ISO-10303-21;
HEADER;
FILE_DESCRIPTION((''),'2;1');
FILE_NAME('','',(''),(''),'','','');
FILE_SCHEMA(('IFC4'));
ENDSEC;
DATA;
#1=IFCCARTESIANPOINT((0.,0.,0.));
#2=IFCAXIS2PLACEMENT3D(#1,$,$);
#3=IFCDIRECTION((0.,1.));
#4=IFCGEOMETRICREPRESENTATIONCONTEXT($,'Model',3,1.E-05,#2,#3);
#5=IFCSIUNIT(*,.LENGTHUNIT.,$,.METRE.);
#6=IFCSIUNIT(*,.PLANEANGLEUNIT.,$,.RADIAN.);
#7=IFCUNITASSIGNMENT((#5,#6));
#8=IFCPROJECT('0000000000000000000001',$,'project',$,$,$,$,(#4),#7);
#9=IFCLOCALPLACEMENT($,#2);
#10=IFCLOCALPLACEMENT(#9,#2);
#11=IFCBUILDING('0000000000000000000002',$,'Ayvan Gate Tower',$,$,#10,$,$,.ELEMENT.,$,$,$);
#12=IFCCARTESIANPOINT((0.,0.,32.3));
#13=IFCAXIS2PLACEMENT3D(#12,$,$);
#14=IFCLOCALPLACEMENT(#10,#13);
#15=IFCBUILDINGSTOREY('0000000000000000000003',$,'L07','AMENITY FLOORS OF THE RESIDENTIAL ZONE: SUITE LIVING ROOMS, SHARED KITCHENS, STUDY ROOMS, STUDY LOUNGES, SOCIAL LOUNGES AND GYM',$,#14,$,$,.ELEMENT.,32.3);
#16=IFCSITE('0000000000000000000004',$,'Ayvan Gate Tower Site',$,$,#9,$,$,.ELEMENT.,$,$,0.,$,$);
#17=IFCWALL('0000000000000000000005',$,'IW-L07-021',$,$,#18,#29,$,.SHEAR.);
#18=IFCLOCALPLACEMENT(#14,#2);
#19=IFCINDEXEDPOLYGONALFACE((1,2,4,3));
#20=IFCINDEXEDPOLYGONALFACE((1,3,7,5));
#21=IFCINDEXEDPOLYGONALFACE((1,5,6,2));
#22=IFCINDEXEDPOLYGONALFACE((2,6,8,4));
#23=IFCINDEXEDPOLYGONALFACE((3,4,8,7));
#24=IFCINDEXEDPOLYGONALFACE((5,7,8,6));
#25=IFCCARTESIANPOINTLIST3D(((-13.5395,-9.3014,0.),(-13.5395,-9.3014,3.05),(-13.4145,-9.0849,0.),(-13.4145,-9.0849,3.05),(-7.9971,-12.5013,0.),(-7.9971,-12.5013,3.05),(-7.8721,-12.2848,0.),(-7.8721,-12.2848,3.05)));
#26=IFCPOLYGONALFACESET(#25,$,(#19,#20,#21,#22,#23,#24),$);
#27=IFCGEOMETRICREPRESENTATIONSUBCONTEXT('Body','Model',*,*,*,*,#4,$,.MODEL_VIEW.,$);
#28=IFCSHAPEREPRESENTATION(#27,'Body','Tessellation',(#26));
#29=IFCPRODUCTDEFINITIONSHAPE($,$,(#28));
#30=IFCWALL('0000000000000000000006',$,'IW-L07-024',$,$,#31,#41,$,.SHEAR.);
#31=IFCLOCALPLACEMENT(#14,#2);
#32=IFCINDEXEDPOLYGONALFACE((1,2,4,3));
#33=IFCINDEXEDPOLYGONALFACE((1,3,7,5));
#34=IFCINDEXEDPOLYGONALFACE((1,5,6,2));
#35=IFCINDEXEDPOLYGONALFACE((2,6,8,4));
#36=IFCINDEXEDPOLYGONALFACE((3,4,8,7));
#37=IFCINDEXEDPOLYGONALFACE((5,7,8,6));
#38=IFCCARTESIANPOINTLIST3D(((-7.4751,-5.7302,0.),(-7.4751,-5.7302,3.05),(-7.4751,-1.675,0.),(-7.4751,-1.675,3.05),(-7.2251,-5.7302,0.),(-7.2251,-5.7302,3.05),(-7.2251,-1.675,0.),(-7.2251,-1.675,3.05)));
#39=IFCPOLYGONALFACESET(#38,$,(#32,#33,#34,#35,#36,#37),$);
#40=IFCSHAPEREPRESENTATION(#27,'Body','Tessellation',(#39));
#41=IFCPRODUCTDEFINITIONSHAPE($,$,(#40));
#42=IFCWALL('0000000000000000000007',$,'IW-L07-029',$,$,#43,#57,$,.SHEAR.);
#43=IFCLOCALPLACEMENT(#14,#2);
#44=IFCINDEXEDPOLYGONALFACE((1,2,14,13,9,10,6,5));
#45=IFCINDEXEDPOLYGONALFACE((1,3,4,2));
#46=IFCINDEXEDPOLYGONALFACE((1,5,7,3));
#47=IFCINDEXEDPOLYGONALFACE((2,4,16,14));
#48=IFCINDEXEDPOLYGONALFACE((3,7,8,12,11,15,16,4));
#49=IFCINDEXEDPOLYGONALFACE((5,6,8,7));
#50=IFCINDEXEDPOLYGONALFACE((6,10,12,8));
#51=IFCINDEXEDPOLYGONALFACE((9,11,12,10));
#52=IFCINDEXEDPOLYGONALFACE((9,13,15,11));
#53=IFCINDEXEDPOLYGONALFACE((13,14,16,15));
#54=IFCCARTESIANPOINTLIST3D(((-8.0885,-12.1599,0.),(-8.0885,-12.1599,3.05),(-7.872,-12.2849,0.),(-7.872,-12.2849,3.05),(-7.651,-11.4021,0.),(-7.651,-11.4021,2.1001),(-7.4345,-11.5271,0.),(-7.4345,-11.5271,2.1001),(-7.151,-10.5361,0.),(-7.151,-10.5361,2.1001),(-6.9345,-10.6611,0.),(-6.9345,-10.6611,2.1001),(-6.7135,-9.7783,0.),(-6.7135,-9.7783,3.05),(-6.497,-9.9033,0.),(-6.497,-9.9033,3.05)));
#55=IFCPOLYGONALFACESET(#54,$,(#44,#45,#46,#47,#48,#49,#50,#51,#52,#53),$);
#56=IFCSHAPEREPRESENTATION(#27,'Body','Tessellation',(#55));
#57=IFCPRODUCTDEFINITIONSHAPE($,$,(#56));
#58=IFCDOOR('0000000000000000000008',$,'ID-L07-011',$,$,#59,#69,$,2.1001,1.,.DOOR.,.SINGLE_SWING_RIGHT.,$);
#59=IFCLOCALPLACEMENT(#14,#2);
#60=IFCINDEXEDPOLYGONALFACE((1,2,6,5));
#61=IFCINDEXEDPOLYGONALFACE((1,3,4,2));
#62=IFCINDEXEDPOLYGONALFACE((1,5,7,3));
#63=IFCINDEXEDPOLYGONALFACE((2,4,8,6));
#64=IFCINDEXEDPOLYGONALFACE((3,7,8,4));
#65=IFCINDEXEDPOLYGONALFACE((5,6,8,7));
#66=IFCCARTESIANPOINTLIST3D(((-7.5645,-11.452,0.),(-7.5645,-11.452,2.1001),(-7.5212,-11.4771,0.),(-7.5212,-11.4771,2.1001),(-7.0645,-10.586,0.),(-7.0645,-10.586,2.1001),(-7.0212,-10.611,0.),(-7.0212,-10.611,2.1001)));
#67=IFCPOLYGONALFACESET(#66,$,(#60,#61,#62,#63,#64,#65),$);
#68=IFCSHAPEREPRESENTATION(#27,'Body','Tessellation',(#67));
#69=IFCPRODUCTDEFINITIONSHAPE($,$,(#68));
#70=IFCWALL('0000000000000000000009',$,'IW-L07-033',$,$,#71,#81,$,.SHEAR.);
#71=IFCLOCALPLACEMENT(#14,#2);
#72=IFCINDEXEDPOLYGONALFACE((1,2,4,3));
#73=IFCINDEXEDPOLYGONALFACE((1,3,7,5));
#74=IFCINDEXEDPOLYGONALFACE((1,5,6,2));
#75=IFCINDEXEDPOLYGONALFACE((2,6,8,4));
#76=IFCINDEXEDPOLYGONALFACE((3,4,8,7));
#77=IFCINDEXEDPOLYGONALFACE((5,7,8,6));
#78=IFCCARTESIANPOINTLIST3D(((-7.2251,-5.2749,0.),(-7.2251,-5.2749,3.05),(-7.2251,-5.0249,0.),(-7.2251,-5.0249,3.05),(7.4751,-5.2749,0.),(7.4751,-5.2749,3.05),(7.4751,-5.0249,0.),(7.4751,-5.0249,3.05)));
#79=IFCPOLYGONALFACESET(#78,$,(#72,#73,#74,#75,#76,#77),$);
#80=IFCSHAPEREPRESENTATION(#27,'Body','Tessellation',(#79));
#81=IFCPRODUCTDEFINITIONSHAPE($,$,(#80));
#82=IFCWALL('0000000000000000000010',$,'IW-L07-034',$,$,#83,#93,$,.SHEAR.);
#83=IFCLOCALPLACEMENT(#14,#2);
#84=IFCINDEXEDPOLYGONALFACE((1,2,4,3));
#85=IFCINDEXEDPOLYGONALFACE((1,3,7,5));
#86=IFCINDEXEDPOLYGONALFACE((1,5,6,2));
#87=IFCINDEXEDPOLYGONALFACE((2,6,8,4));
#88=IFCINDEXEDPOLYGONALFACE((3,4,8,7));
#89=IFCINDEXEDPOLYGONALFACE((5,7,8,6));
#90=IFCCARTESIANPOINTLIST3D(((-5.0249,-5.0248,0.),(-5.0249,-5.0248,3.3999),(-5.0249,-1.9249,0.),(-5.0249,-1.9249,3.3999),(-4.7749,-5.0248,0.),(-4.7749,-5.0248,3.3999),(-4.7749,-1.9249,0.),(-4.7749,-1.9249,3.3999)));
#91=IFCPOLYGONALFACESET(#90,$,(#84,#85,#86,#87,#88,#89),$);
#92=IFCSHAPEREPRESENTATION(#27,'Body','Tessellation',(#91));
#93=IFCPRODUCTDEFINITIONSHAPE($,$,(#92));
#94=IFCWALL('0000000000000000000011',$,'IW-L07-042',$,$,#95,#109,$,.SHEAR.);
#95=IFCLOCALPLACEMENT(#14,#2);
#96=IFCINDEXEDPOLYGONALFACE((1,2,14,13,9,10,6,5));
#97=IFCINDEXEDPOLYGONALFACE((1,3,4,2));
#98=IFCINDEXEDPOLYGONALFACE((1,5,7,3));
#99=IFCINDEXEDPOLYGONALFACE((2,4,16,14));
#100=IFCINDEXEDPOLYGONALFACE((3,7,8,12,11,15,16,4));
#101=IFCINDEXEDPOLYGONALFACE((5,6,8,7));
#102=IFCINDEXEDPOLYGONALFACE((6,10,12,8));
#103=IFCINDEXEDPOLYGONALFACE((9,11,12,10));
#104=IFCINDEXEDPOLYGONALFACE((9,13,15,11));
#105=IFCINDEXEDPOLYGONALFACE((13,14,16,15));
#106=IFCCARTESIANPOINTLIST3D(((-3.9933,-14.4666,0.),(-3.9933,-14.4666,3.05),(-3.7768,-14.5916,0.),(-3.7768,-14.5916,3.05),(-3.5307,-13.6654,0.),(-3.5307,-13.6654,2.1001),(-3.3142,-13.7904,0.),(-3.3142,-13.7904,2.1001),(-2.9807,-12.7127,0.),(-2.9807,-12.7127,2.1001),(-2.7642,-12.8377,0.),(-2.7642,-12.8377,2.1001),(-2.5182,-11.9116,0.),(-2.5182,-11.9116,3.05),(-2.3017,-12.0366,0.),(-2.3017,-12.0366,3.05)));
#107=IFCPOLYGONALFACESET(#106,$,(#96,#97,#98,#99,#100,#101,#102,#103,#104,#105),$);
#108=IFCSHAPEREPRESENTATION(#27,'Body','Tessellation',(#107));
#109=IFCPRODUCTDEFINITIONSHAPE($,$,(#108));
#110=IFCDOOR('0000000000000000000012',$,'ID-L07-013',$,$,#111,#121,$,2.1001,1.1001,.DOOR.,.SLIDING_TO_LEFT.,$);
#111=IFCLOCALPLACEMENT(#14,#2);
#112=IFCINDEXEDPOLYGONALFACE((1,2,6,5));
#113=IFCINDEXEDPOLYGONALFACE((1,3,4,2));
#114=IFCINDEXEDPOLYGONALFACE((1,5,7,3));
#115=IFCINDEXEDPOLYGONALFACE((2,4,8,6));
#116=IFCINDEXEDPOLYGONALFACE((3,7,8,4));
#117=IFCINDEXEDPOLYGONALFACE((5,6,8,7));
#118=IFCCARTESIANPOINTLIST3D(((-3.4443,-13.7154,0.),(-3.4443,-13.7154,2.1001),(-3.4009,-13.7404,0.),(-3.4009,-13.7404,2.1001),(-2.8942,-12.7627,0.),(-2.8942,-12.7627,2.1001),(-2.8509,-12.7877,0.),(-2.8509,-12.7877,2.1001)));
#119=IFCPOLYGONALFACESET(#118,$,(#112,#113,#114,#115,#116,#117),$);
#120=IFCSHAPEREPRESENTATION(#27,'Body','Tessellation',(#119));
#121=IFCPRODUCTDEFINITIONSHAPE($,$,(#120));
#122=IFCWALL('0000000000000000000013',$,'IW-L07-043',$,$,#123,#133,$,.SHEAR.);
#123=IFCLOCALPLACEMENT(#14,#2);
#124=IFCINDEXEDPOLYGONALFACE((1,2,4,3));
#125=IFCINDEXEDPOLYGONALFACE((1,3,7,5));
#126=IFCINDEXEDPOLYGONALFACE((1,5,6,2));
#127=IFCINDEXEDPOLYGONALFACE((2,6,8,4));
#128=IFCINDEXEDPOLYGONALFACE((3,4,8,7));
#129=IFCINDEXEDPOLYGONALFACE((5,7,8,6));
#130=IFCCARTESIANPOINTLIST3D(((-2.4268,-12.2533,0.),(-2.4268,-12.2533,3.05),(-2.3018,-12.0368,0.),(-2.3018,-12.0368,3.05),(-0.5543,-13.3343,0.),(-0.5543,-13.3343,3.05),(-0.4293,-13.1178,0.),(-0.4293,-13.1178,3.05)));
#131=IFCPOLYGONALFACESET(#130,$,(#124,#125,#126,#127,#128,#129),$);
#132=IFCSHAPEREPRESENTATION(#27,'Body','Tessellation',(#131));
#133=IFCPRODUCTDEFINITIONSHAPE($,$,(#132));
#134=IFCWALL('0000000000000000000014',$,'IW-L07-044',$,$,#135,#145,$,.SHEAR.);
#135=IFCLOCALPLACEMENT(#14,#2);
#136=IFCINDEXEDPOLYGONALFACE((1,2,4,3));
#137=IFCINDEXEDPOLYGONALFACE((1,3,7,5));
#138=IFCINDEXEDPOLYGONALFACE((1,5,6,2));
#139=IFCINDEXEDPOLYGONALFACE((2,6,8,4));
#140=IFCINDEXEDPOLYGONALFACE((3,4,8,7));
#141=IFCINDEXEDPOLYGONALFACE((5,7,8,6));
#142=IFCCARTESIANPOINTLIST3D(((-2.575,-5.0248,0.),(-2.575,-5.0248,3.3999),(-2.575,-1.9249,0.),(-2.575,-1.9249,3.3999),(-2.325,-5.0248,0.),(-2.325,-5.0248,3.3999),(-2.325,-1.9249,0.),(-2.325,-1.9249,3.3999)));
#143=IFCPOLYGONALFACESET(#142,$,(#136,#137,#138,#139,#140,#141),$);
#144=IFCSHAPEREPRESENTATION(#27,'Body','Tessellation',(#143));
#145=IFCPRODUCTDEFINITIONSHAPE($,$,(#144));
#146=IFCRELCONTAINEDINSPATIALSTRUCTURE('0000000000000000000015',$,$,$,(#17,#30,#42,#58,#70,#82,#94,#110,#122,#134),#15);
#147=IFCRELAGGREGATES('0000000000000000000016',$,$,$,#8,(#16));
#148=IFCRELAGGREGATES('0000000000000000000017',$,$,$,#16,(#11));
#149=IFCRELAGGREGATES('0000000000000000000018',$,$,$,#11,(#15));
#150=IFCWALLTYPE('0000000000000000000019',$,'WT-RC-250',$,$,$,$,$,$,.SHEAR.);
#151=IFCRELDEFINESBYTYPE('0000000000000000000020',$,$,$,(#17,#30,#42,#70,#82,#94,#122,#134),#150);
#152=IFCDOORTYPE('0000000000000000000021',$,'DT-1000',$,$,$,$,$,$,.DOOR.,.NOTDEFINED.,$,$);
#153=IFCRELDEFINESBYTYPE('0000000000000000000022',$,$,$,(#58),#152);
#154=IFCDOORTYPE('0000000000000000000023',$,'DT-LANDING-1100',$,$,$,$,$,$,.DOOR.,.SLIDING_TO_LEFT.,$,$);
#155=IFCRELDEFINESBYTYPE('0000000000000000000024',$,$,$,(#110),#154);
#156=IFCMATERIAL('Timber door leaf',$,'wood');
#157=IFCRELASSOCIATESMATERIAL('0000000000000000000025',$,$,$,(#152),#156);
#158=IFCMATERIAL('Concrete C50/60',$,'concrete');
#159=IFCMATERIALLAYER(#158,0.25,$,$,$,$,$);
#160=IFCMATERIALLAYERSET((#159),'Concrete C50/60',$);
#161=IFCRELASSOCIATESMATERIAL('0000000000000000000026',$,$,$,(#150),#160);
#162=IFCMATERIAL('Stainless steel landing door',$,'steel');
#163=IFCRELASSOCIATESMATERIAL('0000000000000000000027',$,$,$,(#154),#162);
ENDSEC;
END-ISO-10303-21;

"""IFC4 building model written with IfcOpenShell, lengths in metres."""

from ifc_helpers import new_model, si_unit, direction, frame, frame_2d, origin, place, context, subcontext, project, spatial, rectangle, extrude, material, layer, layer_set, type_object, element, fill, save


model = new_model("IFC4")

# Units and contexts
model_context = context("Model", 3, precision=1e-05, world=origin(), true_north=direction((0.0, 1.0)))
body_context = subcontext(model_context, "Body", "Model", "MODEL_VIEW")
ifc_project = project(units=[si_unit("LENGTHUNIT", "METRE"), si_unit("PLANEANGLEUNIT", "RADIAN")], contexts=[model_context])

# Site, building, storey
site_placement = place(None, origin())
site = spatial("IfcSite", under=ifc_project, at=site_placement, Name="Ayvan Gate Tower Site", CompositionType="ELEMENT", RefElevation=0.0)
building_placement = place(site_placement, origin())
building = spatial("IfcBuilding", under=site, at=building_placement, Name="Ayvan Gate Tower", CompositionType="ELEMENT")
storey_placement = place(building_placement, frame((0.0, 0.0, 32.3)))
storey = spatial("IfcBuildingStorey", under=building, at=storey_placement, Name="L07", Description="AMENITY FLOORS OF THE RESIDENTIAL ZONE: SUITE LIVING ROOMS, SHARED KITCHENS, STUDY ROOMS, STUDY LOUNGES, SOCIAL LOUNGES AND GYM", CompositionType="ELEMENT", Elevation=32.3)

# Shared definitions
ifc_material_1 = material(Name="Timber door leaf", Category="wood")

# Shared definitions
door_type_1 = type_object("IfcDoorType", Name="DT-1000", OperationType="NOTDEFINED", PredefinedType="DOOR", material=ifc_material_1)

# Shared definitions
ifc_material_2 = material(Name="Concrete C50/60", Category="concrete")
ifc_layer_1 = layer(ifc_material_2, 0.25)
ifc_layer_set_1 = layer_set([ifc_layer_1], Name="Concrete C50/60")
wall_type_1 = type_object("IfcWallType", Name="WT-RC-250", PredefinedType="SHEAR", material=ifc_layer_set_1)

# Walls
wall_1_placement = place(storey_placement, frame((-7.9346, -12.3931, 0.0), z_axis=(0.0, 0.0, 1.0), x_axis=(-0.866025, 0.5, 0.0)))
element("IfcWall", 1, at=wall_1_placement, inside=storey, type_object=wall_type_1, Name="IW-L07-021", PredefinedType="SHEAR", context=body_context, shape_type="SweptSolid", body=[
    extrude(rectangle(XDim=6.3999, YDim=0.25, at=frame_2d((3.2, 0.0))), origin(), (0.0, 0.0, 1.0), 3.05),
])
wall_2_placement = place(storey_placement, frame((-7.3501, -5.7302, 0.0), z_axis=(0.0, 0.0, 1.0), x_axis=(0.0, 1.0, 0.0)))
element("IfcWall", 2, at=wall_2_placement, inside=storey, type_object=wall_type_1, Name="IW-L07-024", PredefinedType="SHEAR", context=body_context, shape_type="SweptSolid", body=[
    extrude(rectangle(XDim=4.0552, YDim=0.25, at=frame_2d((2.0276, 0.0))), origin(), (0.0, 0.0, 1.0), 3.05),
])

# Wall, opening, door
wall_3_placement = place(storey_placement, frame((-6.6052, -9.8408, 0.0), z_axis=(0.0, 0.0, 1.0), x_axis=(-0.499997, -0.866027, 0.0)))
wall_3 = element("IfcWall", 3, at=wall_3_placement, inside=storey, type_object=wall_type_1, Name="IW-L07-029", PredefinedType="SHEAR", context=body_context, shape_type="SweptSolid", body=[
    extrude(rectangle(XDim=2.75, YDim=0.25, at=frame_2d((1.375, 0.0))), origin(), (0.0, 0.0, 1.0), 3.05),
])
opening_1_placement = place(wall_3_placement, frame((0.875, 0.0, 0.0)))
opening_1 = element("IfcOpeningElement", 4, at=opening_1_placement, cuts=wall_3, PredefinedType="OPENING", context=body_context, shape_type="SweptSolid", body=[
    extrude(rectangle(XDim=1.0, YDim=2.1001, at=frame_2d((0.5, 1.05))), frame((0.0, 0.135, 0.0), z_axis=(0.0, -1.0, 0.0), x_axis=(1.0, 0.0, 0.0)), (0.0, 0.0, 1.0), 0.27),
])
door_1_placement = place(opening_1_placement, origin())
door_1 = element("IfcDoor", 5, at=door_1_placement, inside=storey, type_object=door_type_1, Name="ID-L07-011", OperationType="SINGLE_SWING_RIGHT", OverallHeight=2.1001, OverallWidth=1.0, PredefinedType="DOOR", context=body_context, shape_type="SweptSolid", body=[
    extrude(rectangle(XDim=1.0, YDim=2.1001, at=frame_2d((0.5, 1.05))), frame((0.0, 0.0249, 0.0), z_axis=(0.0, -1.0, 0.0), x_axis=(1.0, 0.0, 0.0)), (0.0, 0.0, 1.0), 0.05),
])
fill(opening_1, door_1)

# Walls
wall_4_placement = place(storey_placement, frame((-7.2251, -5.1499, 0.0), z_axis=(0.0, 0.0, 1.0), x_axis=(1.0, 0.0, 0.0)))
element("IfcWall", 6, at=wall_4_placement, inside=storey, type_object=wall_type_1, Name="IW-L07-033", PredefinedType="SHEAR", context=body_context, shape_type="SweptSolid", body=[
    extrude(rectangle(XDim=14.7002, YDim=0.25, at=frame_2d((7.3501, 0.0))), origin(), (0.0, 0.0, 1.0), 3.05),
])
wall_5_placement = place(storey_placement, frame((-4.8999, -1.925, 0.0), z_axis=(0.0, 0.0, 1.0), x_axis=(0.0, -1.0, 0.0)))
element("IfcWall", 7, at=wall_5_placement, inside=storey, type_object=wall_type_1, Name="IW-L07-034", PredefinedType="SHEAR", context=body_context, shape_type="SweptSolid", body=[
    extrude(rectangle(XDim=3.0999, YDim=0.25, at=frame_2d((1.5498, 0.0))), origin(), (0.0, 0.0, 1.0), 3.3999),
])

# Wall, opening, door
wall_6_placement = place(storey_placement, frame((-2.4099, -11.9741, 0.0), z_axis=(0.0, 0.0, 1.0), x_axis=(-0.500002, -0.866024, 0.0)))
wall_6 = element("IfcWall", 8, at=wall_6_placement, inside=storey, type_object=wall_type_1, Name="IW-L07-042", PredefinedType="SHEAR", context=body_context, shape_type="SweptSolid", body=[
    extrude(rectangle(XDim=2.9502, YDim=0.25, at=frame_2d((1.4751, 0.0))), origin(), (0.0, 0.0, 1.0), 3.05),
])
opening_2_placement = place(wall_6_placement, frame((0.925, 0.0, 0.0)))
opening_2 = element("IfcOpeningElement", 9, at=opening_2_placement, cuts=wall_6, PredefinedType="OPENING", context=body_context, shape_type="SweptSolid", body=[
    extrude(rectangle(XDim=1.1001, YDim=2.1001, at=frame_2d((0.55, 1.05))), frame((0.0, 0.135, 0.0), z_axis=(0.0, -1.0, 0.0), x_axis=(1.0, 0.0, 0.0)), (0.0, 0.0, 1.0), 0.27),
])
ifc_material_3 = material(Name="Stainless steel landing door", Category="steel")
door_type_2 = type_object("IfcDoorType", Name="DT-LANDING-1100", OperationType="SLIDING_TO_LEFT", PredefinedType="DOOR", material=ifc_material_3)
door_2_placement = place(opening_2_placement, origin())
door_2 = element("IfcDoor", 10, at=door_2_placement, inside=storey, type_object=door_type_2, Name="ID-L07-013", OperationType="SLIDING_TO_LEFT", OverallHeight=2.1001, OverallWidth=1.1001, PredefinedType="DOOR", context=body_context, shape_type="SweptSolid", body=[
    extrude(rectangle(XDim=1.1001, YDim=2.1001, at=frame_2d((0.55, 1.05))), frame((0.0, 0.0249, 0.0), z_axis=(0.0, -1.0, 0.0), x_axis=(1.0, 0.0, 0.0)), (0.0, 0.0, 1.0), 0.05),
])
fill(opening_2, door_2)

# Walls
wall_7_placement = place(storey_placement, frame((-2.3643, -12.145, 0.0), z_axis=(0.0, 0.0, 1.0), x_axis=(0.866039, -0.499977, 0.0)))
element("IfcWall", 11, at=wall_7_placement, inside=storey, type_object=wall_type_1, Name="IW-L07-043", PredefinedType="SHEAR", context=body_context, shape_type="SweptSolid", body=[
    extrude(rectangle(XDim=2.1621, YDim=0.25, at=frame_2d((1.0811, 0.0))), origin(), (0.0, 0.0, 1.0), 3.05),
])
wall_8_placement = place(storey_placement, frame((-2.45, -1.925, 0.0), z_axis=(0.0, 0.0, 1.0), x_axis=(0.0, -1.0, 0.0)))
element("IfcWall", 12, at=wall_8_placement, inside=storey, type_object=wall_type_1, Name="IW-L07-044", PredefinedType="SHEAR", context=body_context, shape_type="SweptSolid", body=[
    extrude(rectangle(XDim=3.0999, YDim=0.25, at=frame_2d((1.5498, 0.0))), origin(), (0.0, 0.0, 1.0), 3.3999),
])

save(model, "model.ifc")
